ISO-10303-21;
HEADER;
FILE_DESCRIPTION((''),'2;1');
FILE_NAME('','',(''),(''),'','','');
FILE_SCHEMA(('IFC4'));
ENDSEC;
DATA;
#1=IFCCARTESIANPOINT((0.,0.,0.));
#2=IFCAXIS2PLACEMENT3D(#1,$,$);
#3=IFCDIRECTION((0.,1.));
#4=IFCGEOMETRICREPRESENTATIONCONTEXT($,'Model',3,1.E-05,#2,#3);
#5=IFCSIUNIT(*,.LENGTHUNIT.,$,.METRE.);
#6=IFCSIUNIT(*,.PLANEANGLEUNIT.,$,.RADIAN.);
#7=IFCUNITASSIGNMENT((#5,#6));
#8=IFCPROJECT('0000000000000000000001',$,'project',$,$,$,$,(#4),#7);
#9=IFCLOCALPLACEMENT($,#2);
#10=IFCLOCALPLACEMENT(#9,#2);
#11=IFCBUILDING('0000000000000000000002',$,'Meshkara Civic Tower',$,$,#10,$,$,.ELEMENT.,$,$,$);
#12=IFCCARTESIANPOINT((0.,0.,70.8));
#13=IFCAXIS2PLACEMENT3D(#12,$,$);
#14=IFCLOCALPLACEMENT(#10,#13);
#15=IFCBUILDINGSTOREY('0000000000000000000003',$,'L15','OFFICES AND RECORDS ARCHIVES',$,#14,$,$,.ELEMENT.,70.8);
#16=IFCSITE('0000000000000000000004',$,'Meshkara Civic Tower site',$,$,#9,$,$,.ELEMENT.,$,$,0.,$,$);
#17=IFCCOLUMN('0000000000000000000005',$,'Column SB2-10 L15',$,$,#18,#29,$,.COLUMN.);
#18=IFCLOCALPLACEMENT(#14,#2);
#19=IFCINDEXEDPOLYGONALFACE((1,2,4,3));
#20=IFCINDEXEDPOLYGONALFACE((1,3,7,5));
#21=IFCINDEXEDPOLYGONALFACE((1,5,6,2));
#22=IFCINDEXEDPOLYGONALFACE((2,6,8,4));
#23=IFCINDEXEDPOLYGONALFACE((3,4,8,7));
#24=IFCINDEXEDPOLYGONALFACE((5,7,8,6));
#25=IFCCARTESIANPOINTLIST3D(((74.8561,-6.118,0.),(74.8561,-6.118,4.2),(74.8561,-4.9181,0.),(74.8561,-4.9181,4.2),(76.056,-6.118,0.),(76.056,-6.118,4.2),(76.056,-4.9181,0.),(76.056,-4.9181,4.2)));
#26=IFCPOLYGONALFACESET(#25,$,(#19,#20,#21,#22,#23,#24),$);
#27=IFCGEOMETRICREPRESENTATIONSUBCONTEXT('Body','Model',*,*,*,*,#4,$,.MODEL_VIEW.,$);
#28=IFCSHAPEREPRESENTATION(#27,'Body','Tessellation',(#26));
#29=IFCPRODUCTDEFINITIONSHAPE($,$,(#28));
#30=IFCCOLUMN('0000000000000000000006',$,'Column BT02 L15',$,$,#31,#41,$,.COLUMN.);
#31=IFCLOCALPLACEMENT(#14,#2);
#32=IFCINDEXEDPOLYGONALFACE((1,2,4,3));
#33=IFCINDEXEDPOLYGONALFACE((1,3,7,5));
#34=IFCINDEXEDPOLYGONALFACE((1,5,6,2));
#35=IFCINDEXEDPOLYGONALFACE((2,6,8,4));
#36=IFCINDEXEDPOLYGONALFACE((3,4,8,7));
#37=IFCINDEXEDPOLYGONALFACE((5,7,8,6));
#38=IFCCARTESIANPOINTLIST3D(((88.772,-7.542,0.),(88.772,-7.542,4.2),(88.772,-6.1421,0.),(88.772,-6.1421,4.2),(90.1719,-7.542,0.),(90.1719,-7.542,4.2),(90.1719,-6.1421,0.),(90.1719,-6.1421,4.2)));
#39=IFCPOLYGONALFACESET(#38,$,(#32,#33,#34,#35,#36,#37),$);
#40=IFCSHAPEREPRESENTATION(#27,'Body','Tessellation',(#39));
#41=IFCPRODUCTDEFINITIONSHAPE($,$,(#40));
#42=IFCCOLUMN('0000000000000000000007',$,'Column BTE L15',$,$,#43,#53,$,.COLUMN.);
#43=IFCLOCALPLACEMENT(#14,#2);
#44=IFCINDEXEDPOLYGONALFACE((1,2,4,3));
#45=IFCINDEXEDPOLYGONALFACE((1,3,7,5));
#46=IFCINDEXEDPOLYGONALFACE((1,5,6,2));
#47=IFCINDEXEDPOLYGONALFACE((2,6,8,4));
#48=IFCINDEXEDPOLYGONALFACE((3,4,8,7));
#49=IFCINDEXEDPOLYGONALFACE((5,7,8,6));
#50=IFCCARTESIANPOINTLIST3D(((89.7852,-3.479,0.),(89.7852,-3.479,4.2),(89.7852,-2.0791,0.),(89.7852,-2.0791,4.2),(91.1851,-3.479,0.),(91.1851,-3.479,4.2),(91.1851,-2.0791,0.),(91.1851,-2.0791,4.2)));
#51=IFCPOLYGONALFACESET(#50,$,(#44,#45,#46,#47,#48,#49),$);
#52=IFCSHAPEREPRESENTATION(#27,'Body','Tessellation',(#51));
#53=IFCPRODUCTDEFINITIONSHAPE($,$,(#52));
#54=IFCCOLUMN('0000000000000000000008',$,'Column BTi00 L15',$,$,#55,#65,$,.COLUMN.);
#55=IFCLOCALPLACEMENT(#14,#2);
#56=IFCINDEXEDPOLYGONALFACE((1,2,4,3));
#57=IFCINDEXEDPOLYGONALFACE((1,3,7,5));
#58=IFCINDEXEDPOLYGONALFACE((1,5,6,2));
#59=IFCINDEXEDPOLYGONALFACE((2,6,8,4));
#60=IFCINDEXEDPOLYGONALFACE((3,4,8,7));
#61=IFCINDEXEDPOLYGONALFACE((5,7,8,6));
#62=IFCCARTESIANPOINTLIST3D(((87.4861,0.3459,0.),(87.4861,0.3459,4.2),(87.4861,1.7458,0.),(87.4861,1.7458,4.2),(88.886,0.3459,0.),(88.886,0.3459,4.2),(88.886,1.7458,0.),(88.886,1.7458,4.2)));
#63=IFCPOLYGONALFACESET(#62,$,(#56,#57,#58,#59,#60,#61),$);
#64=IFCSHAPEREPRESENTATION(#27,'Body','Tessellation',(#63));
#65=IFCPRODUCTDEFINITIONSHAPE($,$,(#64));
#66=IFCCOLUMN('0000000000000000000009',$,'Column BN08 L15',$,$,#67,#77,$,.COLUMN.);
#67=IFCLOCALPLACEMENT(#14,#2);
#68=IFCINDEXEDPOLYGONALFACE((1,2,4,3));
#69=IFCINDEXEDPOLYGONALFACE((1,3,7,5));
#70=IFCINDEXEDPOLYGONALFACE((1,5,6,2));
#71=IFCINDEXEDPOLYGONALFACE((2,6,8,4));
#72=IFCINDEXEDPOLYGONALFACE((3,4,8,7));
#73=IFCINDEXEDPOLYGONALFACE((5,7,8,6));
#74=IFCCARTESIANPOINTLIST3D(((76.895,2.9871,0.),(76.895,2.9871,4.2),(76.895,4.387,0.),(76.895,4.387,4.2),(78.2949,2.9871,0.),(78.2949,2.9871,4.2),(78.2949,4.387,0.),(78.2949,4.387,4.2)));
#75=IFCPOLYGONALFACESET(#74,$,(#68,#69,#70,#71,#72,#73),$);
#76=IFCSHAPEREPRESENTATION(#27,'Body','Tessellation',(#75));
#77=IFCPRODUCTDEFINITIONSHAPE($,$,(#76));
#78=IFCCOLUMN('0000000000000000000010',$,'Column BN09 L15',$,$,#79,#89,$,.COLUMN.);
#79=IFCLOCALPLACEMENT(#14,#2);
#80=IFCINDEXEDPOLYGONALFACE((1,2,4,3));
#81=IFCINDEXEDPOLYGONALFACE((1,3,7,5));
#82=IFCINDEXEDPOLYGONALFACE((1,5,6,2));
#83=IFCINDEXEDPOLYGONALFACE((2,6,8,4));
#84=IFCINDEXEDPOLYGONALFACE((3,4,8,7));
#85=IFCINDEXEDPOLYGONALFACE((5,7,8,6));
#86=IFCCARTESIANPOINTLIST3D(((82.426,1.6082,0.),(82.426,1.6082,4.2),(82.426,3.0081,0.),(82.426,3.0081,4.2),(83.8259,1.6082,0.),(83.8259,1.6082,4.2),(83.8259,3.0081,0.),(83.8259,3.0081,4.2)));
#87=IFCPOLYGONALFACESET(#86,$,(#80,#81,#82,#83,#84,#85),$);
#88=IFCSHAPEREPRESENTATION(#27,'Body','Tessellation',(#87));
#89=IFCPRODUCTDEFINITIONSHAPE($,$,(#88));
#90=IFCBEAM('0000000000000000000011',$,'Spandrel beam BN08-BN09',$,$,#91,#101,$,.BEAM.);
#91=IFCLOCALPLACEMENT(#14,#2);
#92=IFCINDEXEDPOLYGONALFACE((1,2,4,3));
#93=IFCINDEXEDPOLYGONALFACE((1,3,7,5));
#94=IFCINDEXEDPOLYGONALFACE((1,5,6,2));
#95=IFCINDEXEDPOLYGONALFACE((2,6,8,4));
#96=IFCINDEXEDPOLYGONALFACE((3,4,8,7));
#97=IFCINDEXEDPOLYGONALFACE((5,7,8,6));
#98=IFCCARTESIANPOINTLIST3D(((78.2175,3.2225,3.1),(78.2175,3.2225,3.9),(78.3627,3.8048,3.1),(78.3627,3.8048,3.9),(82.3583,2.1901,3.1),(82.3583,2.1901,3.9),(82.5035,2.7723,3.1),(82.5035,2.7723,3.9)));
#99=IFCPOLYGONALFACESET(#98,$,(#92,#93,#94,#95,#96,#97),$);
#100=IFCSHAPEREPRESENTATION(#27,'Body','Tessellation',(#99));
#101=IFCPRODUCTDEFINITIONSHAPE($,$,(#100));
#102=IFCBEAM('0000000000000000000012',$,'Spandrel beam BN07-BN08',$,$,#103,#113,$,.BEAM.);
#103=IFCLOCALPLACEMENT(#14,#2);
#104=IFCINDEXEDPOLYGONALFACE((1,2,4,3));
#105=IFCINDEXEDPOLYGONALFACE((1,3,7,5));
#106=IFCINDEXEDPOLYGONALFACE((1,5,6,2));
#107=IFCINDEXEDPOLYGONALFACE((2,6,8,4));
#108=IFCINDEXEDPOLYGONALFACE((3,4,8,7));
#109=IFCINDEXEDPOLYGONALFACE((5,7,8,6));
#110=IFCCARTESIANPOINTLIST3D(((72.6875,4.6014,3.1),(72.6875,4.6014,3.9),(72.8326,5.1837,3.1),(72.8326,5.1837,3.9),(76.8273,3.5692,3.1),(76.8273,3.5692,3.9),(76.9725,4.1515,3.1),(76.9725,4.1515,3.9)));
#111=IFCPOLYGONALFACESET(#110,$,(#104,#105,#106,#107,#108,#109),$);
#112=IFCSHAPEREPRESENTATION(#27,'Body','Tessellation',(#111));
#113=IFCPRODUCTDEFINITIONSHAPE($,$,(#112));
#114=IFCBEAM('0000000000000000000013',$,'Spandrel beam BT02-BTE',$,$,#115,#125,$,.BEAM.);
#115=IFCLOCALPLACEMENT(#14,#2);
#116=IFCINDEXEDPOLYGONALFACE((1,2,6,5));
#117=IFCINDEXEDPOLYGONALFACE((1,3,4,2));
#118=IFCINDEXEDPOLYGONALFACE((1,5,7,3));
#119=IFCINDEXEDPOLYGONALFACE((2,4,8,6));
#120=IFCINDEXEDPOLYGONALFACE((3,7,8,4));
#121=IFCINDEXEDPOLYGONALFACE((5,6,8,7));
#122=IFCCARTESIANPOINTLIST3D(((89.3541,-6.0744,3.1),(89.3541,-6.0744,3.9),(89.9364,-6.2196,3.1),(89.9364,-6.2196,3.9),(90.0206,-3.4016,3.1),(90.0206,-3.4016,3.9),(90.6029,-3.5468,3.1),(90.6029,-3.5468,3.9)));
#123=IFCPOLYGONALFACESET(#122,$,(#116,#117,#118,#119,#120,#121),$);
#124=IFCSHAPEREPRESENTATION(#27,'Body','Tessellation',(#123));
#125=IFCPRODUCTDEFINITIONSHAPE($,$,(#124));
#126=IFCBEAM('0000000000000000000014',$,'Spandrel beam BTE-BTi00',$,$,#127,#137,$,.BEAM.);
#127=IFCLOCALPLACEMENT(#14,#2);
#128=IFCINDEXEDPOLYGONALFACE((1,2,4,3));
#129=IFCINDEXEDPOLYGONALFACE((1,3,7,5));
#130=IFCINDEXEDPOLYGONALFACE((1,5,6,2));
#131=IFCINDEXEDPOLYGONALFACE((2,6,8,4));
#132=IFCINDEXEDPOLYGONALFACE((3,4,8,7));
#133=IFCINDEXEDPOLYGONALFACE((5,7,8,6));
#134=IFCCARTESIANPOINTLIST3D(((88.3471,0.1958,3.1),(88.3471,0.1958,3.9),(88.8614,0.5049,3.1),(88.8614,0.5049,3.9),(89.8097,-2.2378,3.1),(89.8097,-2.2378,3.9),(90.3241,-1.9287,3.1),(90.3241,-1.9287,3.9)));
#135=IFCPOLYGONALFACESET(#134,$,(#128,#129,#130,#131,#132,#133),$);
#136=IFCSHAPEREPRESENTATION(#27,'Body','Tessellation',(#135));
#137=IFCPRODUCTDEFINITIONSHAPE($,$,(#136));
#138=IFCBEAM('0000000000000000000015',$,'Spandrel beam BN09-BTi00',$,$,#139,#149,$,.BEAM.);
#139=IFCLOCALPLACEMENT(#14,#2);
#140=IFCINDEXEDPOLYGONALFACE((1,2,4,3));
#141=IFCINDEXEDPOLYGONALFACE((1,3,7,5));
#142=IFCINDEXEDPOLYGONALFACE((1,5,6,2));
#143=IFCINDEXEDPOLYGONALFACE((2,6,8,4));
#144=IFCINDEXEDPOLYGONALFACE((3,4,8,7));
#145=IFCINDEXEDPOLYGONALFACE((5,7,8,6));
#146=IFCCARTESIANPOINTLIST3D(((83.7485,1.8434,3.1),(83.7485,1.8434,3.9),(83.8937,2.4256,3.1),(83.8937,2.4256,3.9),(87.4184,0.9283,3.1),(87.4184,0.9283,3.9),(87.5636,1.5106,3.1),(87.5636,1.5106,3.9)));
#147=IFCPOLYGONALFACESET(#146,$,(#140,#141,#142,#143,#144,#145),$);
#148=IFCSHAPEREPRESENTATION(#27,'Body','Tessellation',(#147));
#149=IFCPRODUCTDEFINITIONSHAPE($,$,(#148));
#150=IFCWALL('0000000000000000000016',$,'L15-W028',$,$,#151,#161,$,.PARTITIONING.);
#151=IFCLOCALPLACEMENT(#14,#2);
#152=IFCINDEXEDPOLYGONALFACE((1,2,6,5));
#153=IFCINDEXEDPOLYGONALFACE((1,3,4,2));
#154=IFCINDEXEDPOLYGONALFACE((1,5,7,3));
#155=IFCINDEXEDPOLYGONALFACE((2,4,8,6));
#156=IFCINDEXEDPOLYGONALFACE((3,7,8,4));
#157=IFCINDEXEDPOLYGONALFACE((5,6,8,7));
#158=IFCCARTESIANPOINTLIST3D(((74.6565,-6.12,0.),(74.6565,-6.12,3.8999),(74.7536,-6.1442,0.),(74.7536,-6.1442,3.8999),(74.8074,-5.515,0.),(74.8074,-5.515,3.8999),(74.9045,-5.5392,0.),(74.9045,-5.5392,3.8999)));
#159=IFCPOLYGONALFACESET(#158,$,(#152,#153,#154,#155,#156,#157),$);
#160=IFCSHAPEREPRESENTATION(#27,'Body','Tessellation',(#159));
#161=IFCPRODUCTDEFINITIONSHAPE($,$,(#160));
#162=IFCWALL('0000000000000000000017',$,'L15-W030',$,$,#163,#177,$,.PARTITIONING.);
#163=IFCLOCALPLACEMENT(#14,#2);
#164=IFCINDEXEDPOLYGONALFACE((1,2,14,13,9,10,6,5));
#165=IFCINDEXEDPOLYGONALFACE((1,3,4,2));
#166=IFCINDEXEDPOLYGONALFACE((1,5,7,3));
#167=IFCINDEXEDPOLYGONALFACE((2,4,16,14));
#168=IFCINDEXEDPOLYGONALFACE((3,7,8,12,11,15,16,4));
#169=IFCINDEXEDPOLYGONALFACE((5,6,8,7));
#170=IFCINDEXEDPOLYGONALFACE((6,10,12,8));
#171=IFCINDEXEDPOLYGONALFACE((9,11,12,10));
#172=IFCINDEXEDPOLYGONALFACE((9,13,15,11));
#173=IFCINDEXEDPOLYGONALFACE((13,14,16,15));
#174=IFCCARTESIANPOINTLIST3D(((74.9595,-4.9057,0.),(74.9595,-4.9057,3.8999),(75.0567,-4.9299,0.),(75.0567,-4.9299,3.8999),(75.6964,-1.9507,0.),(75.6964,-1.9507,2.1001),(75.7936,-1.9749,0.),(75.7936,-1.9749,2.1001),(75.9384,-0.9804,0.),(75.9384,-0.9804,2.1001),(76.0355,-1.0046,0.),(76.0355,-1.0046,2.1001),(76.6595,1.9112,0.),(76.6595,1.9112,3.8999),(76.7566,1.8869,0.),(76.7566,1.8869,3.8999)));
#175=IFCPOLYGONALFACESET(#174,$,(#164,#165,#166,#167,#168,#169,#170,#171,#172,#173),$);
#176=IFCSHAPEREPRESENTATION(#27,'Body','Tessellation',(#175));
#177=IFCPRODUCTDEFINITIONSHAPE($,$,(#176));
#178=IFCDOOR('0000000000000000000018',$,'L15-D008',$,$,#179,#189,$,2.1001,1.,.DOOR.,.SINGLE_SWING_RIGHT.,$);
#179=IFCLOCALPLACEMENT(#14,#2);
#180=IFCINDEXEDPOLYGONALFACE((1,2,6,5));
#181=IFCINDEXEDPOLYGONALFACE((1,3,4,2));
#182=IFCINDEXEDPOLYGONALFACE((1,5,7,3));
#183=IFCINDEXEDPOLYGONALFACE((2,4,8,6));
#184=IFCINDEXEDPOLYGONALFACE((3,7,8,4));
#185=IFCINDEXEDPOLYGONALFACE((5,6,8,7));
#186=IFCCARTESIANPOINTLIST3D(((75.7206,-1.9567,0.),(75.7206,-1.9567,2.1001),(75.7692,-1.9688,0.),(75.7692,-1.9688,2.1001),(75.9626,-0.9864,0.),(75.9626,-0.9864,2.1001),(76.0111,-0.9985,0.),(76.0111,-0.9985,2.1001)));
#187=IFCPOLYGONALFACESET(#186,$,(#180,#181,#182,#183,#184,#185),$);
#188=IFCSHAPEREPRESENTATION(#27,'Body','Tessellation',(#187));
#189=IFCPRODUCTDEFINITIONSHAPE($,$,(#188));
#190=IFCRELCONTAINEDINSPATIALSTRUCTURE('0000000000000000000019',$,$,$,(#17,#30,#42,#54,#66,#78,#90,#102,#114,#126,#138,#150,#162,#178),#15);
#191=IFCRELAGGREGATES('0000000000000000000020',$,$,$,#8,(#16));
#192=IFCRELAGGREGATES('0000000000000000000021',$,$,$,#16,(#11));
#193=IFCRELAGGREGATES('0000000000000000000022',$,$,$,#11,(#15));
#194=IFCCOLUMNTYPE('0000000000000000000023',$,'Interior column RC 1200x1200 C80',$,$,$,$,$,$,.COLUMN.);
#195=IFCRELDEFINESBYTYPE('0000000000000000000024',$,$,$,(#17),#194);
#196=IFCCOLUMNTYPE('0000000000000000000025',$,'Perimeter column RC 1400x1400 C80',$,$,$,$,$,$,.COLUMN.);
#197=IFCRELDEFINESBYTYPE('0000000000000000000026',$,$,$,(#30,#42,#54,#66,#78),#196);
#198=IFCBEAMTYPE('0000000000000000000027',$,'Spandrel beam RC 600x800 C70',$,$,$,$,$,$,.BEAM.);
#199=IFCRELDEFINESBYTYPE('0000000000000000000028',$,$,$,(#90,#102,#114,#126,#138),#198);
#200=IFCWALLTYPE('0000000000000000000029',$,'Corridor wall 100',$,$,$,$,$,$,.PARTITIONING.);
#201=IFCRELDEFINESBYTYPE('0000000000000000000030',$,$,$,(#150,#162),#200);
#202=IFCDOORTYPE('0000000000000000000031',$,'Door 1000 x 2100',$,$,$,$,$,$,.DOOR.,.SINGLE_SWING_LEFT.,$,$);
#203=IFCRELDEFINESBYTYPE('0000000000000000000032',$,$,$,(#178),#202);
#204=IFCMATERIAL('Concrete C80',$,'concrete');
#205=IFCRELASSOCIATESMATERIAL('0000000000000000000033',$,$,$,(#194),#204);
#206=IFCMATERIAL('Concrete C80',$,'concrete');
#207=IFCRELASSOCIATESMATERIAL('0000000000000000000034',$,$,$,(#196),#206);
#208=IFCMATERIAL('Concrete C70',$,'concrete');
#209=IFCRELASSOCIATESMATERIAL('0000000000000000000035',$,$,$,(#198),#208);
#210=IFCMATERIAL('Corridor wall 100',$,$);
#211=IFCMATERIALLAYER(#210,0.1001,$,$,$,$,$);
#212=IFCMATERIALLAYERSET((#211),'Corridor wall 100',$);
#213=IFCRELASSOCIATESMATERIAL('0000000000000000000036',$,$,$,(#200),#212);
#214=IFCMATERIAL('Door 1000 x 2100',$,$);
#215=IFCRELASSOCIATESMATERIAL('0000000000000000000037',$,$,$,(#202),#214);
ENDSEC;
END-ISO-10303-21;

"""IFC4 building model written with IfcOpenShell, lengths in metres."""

from ifc_helpers import new_model, si_unit, direction, frame, frame_2d, origin, origin_2d, place, context, subcontext, project, spatial, rectangle, extrude, material, layer, layer_set, material_profile, profile_set, type_object, element, fill, save


model = new_model("IFC4")

# Units and contexts
model_context = context("Model", 3, precision=1e-05, world=origin(), true_north=direction((0.0, 1.0)))
body_context = subcontext(model_context, "Body", "Model", "MODEL_VIEW")
ifc_project = project(units=[si_unit("LENGTHUNIT", "METRE"), si_unit("PLANEANGLEUNIT", "RADIAN")], contexts=[model_context])

# Site, building, storey
site_placement = place(None, origin())
site = spatial("IfcSite", under=ifc_project, at=site_placement, Name="Meshkara Civic Tower site", CompositionType="ELEMENT", RefElevation=0.0)
building_placement = place(site_placement, origin())
building = spatial("IfcBuilding", under=site, at=building_placement, Name="Meshkara Civic Tower", CompositionType="ELEMENT")
storey_placement = place(building_placement, frame((0.0, 0.0, 70.8)))
storey = spatial("IfcBuildingStorey", under=building, at=storey_placement, Name="L15", Description="OFFICES AND RECORDS ARCHIVES", CompositionType="ELEMENT", Elevation=70.8)

# Columns
ifc_material_1 = material(Name="Concrete C80", Category="concrete")
ifc_material_profile_1 = material_profile(ifc_material_1, rectangle(XDim=1.2, YDim=1.2, at=origin_2d()))
ifc_profile_set_1 = profile_set([ifc_material_profile_1], Name="Concrete C80")
column_type_1 = type_object("IfcColumnType", Name="Interior column RC 1200x1200 C80", PredefinedType="COLUMN", material=ifc_profile_set_1)
column_placement = place(storey_placement, frame((75.4561, -5.5181, 0.0), z_axis=(0.0, 0.0, 1.0), x_axis=(1.0, 0.0, 0.0)))
element("IfcColumn", 1, at=column_placement, inside=storey, type_object=column_type_1, Name="Column SB2-10 L15", PredefinedType="COLUMN", context=body_context, shape_type="SweptSolid", body=[
    extrude(rectangle(XDim=1.2, YDim=1.2, at=origin_2d()), origin(), (0.0, 0.0, 1.0), 4.2),
])
ifc_material_2 = material(Name="Concrete C80", Category="concrete")
ifc_material_profile_2 = material_profile(ifc_material_2, rectangle(XDim=1.3999, YDim=1.3999, at=origin_2d()))
ifc_profile_set_2 = profile_set([ifc_material_profile_2], Name="Concrete C80")
column_type_2 = type_object("IfcColumnType", Name="Perimeter column RC 1400x1400 C80", PredefinedType="COLUMN", material=ifc_profile_set_2)
for number, where, z_axis, x_axis, name in (
    (2, (89.4719, -6.842, 0.0), (0.0, 0.0, 1.0), (1.0, 0.0, 0.0), "Column BT02 L15"),
    (3, (90.4851, -2.7791, 0.0), (0.0, 0.0, 1.0), (1.0, 0.0, 0.0), "Column BTE L15"),
    (4, (88.186, 1.0459, 0.0), (0.0, 0.0, 1.0), (1.0, 0.0, 0.0), "Column BTi00 L15"),
    (5, (77.595, 3.687, 0.0), (0.0, 0.0, 1.0), (1.0, 0.0, 0.0), "Column BN08 L15"),
    (6, (83.126, 2.3081, 0.0), (0.0, 0.0, 1.0), (1.0, 0.0, 0.0), "Column BN09 L15"),
):
    element("IfcColumn", number, at=place(storey_placement, frame(where, z_axis=z_axis, x_axis=x_axis)), inside=storey, type_object=column_type_2, Name=name, PredefinedType="COLUMN", context=body_context, shape_type="SweptSolid", body=[
        extrude(rectangle(XDim=1.3999, YDim=1.3999, at=origin_2d()), origin(), (0.0, 0.0, 1.0), 4.2),
    ])

# Beams
ifc_material_3 = material(Name="Concrete C70", Category="concrete")
ifc_material_profile_3 = material_profile(ifc_material_3, rectangle(XDim=0.6001, YDim=0.8, at=origin_2d()))
ifc_profile_set_3 = profile_set([ifc_material_profile_3], Name="Concrete C70")
beam_type = type_object("IfcBeamType", Name="Spandrel beam RC 600x800 C70", PredefinedType="BEAM", material=ifc_profile_set_3)
beam_1_placement = place(storey_placement, frame((82.4309, 2.4812, 3.5), z_axis=(-0.970294, 0.24193, 0.0), x_axis=(-0.24193, -0.970294, 0.0)))
element("IfcBeam", 7, at=beam_1_placement, inside=storey, type_object=beam_type, Name="Spandrel beam BN08-BN09", PredefinedType="BEAM", context=body_context, shape_type="SweptSolid", body=[
    extrude(rectangle(XDim=0.6001, YDim=0.8, at=origin_2d()), origin(), (0.0, 0.0, 1.0), 4.2676),
])
beam_2_placement = place(storey_placement, frame((76.8999, 3.8604, 3.5), z_axis=(-0.970294, 0.24193, 0.0), x_axis=(-0.24193, -0.970294, 0.0)))
element("IfcBeam", 8, at=beam_2_placement, inside=storey, type_object=beam_type, Name="Spandrel beam BN07-BN08", PredefinedType="BEAM", context=body_context, shape_type="SweptSolid", body=[
    extrude(rectangle(XDim=0.6001, YDim=0.8, at=origin_2d()), origin(), (0.0, 0.0, 1.0), 4.2666),
])
beam_3_placement = place(storey_placement, frame((89.6453, -6.147, 3.5), z_axis=(0.241952, 0.970288, 0.0), x_axis=(-0.970288, 0.241952, 0.0)))
element("IfcBeam", 9, at=beam_3_placement, inside=storey, type_object=beam_type, Name="Spandrel beam BT02-BTE", PredefinedType="BEAM", context=body_context, shape_type="SweptSolid", body=[
    extrude(rectangle(XDim=0.6001, YDim=0.8, at=origin_2d()), origin(), (0.0, 0.0, 1.0), 2.7546),
])
beam_4_placement = place(storey_placement, frame((90.0669, -2.0833, 3.5), z_axis=(-0.515141, 0.857106, 0.0), x_axis=(-0.857106, -0.515141, 0.0)))
element("IfcBeam", 10, at=beam_4_placement, inside=storey, type_object=beam_type, Name="Spandrel beam BTE-BTi00", PredefinedType="BEAM", context=body_context, shape_type="SweptSolid", body=[
    extrude(rectangle(XDim=0.6001, YDim=0.8, at=origin_2d()), origin(), (0.0, 0.0, 1.0), 2.8394),
])
beam_5_placement = place(storey_placement, frame((87.491, 1.2195, 3.5), z_axis=(-0.970294, 0.241928, 0.0), x_axis=(-0.241928, -0.970294, 0.0)))
element("IfcBeam", 11, at=beam_5_placement, inside=storey, type_object=beam_type, Name="Spandrel beam BN09-BTi00", PredefinedType="BEAM", context=body_context, shape_type="SweptSolid", body=[
    extrude(rectangle(XDim=0.6001, YDim=0.8, at=origin_2d()), origin(), (0.0, 0.0, 1.0), 3.7822),
])

# Wall
ifc_material_4 = material(Name="Corridor wall 100")
ifc_layer_1 = layer(ifc_material_4, 0.1001)
ifc_layer_set_1 = layer_set([ifc_layer_1], Name="Corridor wall 100")
wall_type_1 = type_object("IfcWallType", Name="Corridor wall 100", PredefinedType="PARTITIONING", material=ifc_layer_set_1)
wall_1_placement = place(storey_placement, frame((74.856, -5.5271, 0.0), z_axis=(0.0, 0.0, 1.0), x_axis=(-0.241983, -0.970281, 0.0)))
element("IfcWall", 12, at=wall_1_placement, inside=storey, type_object=wall_type_1, Name="L15-W028", PredefinedType="PARTITIONING", context=body_context, shape_type="SweptSolid", body=[
    extrude(rectangle(XDim=0.6235, YDim=0.1001, at=frame_2d((0.3118, 0.0))), origin(), (0.0, 0.0, 1.0), 3.8999),
])

# Wall, opening, door
wall_2_placement = place(storey_placement, frame((76.708, 1.8989, 0.0), z_axis=(0.0, 0.0, 1.0), x_axis=(-0.241963, -0.970285, 0.0)))
wall_2 = element("IfcWall", 13, at=wall_2_placement, inside=storey, type_object=wall_type_1, Name="L15-W030", PredefinedType="PARTITIONING", context=body_context, shape_type="SweptSolid", body=[
    extrude(rectangle(XDim=7.0256, YDim=0.1001, at=frame_2d((3.5127, 0.0))), origin(), (0.0, 0.0, 1.0), 3.8999),
])
opening_1_placement = place(wall_2_placement, frame((2.98, 0.0, 0.0)))
opening_1 = element("IfcOpeningElement", 14, at=opening_1_placement, cuts=wall_2, PredefinedType="OPENING", context=body_context, shape_type="SweptSolid", body=[
    extrude(rectangle(XDim=1.0, YDim=2.1001, at=frame_2d((0.5, 1.05))), frame((0.0, 0.0601, 0.0), z_axis=(0.0, -1.0, 0.0), x_axis=(1.0, 0.0, 0.0)), (0.0, 0.0, 1.0), 0.1201),
])
ifc_material_5 = material(Name="Door 1000 x 2100")
door_type = type_object("IfcDoorType", Name="Door 1000 x 2100", OperationType="SINGLE_SWING_LEFT", PredefinedType="DOOR", material=ifc_material_5)
door_1_placement = place(opening_1_placement, origin())
door_1 = element("IfcDoor", 15, at=door_1_placement, inside=storey, type_object=door_type, Name="L15-D008", OperationType="SINGLE_SWING_RIGHT", OverallHeight=2.1001, OverallWidth=1.0, PredefinedType="DOOR", context=body_context, shape_type="SweptSolid", body=[
    extrude(rectangle(XDim=1.0, YDim=2.1001, at=frame_2d((0.5, 1.05))), frame((0.0, 0.0249, 0.0), z_axis=(0.0, -1.0, 0.0), x_axis=(1.0, 0.0, 0.0)), (0.0, 0.0, 1.0), 0.05),
])
fill(opening_1, door_1)

save(model, "model.ifc")
